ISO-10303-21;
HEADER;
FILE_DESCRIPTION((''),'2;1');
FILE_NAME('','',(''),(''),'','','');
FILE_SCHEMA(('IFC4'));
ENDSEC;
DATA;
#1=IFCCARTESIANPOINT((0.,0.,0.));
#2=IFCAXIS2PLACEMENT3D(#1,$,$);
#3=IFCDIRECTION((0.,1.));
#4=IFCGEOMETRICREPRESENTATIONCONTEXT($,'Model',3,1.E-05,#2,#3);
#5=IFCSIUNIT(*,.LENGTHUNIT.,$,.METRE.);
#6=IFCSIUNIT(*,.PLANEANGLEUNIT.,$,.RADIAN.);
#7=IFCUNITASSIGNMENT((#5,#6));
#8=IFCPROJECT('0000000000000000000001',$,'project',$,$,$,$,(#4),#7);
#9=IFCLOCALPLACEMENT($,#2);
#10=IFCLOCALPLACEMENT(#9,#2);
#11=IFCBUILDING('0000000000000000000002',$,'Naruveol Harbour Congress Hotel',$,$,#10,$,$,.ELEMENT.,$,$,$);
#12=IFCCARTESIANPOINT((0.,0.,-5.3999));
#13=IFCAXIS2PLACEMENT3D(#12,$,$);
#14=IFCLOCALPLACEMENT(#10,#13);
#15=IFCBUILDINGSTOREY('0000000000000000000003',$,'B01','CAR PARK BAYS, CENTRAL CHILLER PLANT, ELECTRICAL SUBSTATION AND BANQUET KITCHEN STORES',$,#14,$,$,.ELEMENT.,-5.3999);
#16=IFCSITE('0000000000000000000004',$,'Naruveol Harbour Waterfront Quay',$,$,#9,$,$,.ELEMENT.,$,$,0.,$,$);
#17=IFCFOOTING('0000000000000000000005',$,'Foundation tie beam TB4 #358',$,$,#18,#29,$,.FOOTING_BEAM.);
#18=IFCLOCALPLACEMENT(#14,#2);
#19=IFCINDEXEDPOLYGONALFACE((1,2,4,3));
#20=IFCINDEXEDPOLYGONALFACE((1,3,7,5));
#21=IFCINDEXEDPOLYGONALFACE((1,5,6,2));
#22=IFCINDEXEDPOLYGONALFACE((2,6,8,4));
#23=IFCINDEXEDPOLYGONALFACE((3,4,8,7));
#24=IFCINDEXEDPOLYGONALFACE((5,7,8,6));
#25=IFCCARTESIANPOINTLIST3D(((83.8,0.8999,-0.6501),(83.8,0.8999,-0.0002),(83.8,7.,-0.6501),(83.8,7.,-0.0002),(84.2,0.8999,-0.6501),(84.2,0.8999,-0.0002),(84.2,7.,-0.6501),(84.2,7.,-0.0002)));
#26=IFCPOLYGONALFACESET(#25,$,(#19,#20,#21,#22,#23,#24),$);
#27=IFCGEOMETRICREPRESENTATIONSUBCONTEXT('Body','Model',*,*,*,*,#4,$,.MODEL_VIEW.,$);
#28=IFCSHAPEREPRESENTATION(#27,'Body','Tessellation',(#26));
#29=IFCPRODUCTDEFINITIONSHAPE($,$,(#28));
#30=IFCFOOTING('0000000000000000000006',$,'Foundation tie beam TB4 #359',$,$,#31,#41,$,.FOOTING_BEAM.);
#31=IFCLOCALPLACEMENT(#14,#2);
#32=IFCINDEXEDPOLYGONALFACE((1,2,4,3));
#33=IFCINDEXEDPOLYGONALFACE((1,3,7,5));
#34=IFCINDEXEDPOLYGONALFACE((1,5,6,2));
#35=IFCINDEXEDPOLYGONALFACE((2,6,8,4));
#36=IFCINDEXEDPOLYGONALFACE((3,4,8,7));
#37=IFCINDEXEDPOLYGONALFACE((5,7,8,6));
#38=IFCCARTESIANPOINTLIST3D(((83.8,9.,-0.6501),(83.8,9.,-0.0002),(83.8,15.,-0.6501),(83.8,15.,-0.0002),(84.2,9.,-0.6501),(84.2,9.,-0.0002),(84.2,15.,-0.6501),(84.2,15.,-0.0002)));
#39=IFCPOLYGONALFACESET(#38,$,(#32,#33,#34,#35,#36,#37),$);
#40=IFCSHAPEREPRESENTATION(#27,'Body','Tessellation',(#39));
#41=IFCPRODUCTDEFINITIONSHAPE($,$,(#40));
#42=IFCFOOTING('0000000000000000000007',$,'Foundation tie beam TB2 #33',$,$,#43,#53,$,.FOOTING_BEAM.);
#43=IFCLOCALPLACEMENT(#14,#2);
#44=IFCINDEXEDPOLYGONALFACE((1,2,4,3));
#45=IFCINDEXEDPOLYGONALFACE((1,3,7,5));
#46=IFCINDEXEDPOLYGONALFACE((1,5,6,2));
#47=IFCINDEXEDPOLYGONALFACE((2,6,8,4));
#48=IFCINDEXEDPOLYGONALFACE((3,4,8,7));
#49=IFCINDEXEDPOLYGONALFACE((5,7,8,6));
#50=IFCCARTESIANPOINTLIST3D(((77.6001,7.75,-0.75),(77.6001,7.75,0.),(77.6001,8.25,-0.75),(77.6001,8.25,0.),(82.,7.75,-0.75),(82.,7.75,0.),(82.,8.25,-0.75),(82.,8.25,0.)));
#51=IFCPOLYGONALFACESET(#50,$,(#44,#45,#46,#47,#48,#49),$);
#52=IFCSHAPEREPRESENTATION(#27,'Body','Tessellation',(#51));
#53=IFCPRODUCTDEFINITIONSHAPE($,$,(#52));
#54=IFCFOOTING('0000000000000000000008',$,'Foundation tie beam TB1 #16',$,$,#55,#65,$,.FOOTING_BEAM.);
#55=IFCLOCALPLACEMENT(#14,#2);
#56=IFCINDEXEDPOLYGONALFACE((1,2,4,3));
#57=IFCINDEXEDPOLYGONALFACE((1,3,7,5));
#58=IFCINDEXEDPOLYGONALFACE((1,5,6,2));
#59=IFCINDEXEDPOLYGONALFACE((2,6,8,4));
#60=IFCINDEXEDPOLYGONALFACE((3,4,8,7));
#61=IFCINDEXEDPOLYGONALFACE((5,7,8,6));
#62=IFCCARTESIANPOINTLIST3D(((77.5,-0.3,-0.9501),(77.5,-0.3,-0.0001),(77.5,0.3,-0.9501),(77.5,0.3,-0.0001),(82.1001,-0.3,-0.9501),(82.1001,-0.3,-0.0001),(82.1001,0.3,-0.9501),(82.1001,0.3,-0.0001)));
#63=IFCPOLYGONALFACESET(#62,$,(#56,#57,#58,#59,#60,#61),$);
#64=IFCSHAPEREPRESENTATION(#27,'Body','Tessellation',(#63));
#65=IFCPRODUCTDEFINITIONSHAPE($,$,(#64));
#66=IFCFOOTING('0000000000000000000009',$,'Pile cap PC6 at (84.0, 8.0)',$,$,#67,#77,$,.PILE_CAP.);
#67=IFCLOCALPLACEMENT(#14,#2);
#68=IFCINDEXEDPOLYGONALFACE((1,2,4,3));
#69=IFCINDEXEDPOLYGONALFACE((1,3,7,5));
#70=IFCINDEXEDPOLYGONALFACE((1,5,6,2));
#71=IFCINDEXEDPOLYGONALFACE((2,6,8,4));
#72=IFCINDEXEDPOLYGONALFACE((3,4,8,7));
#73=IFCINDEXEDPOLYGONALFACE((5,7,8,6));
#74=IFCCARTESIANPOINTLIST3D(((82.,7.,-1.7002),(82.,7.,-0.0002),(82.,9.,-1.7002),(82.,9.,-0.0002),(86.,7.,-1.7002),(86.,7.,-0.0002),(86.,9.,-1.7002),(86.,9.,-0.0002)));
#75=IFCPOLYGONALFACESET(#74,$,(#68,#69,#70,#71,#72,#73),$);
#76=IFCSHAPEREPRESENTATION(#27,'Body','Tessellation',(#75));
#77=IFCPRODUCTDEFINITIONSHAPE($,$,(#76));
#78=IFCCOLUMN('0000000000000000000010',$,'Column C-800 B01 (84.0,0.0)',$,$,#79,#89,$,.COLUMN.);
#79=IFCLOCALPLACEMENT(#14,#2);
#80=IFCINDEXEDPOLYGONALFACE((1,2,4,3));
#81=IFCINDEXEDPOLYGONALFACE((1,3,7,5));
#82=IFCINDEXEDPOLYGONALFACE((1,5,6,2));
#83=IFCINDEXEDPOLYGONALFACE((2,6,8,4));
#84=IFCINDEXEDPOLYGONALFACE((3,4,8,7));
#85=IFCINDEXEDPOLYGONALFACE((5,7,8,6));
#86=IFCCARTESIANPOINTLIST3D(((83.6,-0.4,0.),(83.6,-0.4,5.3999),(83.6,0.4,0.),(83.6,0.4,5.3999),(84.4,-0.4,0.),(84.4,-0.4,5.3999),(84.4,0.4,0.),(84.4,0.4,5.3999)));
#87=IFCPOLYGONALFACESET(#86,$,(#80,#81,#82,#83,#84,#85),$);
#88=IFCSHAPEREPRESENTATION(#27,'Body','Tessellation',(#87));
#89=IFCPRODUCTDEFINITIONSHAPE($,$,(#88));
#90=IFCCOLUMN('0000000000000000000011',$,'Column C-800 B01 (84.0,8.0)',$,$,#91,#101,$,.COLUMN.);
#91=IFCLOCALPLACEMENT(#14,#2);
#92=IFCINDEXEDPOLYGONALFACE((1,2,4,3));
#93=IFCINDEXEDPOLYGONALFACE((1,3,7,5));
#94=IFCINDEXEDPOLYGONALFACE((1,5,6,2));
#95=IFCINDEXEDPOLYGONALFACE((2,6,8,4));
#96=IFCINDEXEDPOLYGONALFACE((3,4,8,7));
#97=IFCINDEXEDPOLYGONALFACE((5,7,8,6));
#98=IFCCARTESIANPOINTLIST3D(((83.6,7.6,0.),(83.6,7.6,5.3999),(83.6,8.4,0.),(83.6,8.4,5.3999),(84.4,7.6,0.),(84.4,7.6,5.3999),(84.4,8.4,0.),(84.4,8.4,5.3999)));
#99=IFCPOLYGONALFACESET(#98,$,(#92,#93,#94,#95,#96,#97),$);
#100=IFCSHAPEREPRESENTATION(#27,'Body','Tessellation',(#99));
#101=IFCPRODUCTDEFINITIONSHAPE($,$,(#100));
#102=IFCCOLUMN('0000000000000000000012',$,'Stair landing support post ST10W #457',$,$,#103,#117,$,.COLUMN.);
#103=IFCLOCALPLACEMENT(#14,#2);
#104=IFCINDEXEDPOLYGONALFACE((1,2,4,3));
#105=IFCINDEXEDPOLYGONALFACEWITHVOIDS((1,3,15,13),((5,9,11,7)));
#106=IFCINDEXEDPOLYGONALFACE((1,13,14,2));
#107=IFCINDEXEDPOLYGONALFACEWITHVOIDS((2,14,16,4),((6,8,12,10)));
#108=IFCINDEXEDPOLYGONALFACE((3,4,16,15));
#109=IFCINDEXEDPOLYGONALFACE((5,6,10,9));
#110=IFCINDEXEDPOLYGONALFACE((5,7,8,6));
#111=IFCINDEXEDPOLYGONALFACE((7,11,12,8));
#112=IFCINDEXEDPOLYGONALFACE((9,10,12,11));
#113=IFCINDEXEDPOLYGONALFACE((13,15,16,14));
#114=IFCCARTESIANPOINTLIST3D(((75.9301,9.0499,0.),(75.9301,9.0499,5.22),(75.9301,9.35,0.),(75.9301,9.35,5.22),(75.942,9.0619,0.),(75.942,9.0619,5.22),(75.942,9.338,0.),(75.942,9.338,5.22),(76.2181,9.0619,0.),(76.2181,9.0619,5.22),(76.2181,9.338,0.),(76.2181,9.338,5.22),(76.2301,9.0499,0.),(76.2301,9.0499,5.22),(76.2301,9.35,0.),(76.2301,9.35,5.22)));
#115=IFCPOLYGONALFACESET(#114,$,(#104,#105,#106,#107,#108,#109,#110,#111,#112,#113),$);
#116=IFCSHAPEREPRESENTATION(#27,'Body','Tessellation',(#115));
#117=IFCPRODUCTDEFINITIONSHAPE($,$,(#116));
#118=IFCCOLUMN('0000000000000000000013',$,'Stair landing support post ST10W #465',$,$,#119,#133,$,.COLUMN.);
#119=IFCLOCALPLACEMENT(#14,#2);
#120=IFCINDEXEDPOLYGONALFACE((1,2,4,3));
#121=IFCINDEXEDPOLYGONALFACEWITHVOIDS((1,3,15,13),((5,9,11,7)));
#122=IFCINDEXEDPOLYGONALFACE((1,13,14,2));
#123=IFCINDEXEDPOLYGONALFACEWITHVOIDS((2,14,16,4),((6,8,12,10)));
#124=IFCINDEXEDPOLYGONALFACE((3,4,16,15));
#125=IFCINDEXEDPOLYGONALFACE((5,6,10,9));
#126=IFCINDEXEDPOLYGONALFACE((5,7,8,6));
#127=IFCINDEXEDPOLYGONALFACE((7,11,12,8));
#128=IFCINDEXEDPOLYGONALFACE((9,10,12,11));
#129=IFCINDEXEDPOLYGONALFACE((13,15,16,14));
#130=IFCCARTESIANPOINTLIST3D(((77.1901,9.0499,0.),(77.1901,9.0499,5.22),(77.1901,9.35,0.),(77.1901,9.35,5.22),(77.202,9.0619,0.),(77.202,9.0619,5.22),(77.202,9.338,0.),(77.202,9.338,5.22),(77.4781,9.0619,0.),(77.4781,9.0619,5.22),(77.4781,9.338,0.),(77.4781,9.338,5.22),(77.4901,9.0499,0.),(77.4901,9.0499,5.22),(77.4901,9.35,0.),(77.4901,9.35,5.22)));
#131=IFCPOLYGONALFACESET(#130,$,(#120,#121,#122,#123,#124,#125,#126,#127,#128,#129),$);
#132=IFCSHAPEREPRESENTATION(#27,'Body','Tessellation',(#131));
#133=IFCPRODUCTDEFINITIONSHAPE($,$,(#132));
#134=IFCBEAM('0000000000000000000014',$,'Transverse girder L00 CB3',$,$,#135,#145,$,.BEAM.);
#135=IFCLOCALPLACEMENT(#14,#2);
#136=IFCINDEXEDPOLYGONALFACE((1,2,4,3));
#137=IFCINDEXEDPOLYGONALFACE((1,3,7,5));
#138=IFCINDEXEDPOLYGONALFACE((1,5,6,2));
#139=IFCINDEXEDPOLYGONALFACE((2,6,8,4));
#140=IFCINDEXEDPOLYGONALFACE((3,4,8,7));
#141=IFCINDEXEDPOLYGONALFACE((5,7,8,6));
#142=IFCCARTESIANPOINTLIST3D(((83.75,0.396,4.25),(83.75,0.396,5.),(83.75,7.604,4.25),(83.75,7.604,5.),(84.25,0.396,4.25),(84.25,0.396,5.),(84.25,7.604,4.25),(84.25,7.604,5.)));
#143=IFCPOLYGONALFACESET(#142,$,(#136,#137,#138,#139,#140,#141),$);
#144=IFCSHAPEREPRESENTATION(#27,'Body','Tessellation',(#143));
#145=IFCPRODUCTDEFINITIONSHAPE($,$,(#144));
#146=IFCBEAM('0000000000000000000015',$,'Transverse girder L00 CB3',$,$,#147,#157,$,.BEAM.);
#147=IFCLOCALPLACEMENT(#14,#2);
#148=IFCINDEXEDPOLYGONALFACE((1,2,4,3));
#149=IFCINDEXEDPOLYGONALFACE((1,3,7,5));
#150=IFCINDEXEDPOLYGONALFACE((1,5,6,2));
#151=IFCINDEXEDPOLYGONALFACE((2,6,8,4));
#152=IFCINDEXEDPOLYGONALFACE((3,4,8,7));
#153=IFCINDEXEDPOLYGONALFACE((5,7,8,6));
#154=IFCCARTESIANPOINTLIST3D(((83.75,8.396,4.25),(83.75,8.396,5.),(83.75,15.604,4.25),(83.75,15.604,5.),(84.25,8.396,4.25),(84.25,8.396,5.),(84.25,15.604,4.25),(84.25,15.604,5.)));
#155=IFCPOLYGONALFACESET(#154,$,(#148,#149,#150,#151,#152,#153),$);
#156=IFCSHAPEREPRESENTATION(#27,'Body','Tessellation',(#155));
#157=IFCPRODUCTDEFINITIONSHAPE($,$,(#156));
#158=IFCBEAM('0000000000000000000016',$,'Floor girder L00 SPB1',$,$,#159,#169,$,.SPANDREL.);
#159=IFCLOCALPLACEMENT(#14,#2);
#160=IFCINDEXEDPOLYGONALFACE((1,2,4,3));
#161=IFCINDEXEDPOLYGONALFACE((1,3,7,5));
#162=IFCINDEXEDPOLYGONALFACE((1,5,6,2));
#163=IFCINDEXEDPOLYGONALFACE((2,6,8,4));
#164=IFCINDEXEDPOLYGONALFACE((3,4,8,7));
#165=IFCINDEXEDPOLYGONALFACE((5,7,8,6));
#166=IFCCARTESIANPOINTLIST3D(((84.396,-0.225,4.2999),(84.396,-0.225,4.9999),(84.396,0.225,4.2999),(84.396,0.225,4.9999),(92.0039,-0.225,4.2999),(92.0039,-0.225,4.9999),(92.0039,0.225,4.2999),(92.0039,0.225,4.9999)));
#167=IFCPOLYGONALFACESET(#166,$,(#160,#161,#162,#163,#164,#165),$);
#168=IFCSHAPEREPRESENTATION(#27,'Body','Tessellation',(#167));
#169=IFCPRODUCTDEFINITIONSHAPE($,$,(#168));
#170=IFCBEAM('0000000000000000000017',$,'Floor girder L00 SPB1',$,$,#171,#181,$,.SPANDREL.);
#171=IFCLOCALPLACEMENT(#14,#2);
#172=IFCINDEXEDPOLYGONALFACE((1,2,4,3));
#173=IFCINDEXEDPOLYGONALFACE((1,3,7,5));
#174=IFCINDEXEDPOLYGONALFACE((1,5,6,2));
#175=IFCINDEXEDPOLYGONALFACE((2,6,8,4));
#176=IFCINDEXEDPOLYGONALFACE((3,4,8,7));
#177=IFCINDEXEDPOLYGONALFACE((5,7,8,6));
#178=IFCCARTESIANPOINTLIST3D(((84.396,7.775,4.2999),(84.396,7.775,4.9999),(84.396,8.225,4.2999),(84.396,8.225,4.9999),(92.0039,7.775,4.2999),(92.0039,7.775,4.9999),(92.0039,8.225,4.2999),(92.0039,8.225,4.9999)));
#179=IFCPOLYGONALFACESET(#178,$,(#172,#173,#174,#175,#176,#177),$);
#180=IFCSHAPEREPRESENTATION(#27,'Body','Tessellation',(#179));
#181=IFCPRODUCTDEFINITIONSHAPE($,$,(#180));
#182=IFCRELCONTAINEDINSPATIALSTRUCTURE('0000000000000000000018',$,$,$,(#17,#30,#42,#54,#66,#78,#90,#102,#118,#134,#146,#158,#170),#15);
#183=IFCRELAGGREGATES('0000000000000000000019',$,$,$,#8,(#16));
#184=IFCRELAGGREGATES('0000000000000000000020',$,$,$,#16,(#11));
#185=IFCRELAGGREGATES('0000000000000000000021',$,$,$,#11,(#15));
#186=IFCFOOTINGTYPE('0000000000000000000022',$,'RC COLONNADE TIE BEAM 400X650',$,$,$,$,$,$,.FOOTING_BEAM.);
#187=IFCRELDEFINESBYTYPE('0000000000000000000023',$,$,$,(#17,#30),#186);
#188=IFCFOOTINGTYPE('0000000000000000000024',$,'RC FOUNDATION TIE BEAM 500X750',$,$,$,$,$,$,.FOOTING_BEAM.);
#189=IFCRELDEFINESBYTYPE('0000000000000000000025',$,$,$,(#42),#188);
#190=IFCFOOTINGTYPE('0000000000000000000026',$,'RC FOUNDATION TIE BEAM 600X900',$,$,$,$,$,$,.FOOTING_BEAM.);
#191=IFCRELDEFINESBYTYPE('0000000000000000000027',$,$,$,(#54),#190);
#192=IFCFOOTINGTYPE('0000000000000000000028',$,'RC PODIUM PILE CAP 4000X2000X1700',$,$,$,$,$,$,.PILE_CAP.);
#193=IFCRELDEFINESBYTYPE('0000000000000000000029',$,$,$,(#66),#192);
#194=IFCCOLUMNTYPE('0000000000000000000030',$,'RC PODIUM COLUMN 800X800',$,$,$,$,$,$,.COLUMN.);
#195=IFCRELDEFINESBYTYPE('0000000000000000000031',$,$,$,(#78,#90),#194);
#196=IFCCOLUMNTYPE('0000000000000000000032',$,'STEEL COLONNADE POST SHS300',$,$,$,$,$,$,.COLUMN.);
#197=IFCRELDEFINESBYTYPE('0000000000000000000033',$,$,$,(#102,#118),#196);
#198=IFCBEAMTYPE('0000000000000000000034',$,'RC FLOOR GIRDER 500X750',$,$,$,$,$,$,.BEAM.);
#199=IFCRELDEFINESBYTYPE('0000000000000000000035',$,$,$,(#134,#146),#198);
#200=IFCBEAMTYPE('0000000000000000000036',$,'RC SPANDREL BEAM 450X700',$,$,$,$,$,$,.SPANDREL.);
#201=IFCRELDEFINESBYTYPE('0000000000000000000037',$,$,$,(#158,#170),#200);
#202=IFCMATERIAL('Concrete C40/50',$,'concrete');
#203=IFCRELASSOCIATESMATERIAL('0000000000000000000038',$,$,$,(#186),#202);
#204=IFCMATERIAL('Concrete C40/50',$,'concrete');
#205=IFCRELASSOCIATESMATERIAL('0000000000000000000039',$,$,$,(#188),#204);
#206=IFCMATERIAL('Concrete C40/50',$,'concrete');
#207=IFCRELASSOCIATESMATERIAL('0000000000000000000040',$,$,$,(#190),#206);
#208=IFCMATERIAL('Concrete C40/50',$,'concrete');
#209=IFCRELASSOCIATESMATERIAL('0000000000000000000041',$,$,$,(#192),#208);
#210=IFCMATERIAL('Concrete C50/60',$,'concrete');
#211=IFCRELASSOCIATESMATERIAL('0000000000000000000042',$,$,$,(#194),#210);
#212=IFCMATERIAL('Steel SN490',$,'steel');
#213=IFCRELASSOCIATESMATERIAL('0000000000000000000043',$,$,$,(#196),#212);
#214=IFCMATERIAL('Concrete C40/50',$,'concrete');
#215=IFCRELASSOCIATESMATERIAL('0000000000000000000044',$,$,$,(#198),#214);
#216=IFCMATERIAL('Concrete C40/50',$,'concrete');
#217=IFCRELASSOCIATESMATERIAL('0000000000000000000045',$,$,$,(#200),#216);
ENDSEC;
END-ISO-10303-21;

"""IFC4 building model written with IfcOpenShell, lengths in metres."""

from ifc_helpers import new_model, si_unit, direction, frame, origin, origin_2d, place, context, subcontext, project, spatial, rectangle, hollow_rectangle, extrude, material, material_profile, profile_set, type_object, element, save


model = new_model("IFC4")

# Units and contexts
model_context = context("Model", 3, precision=1e-05, world=origin(), true_north=direction((0.0, 1.0)))
body_context = subcontext(model_context, "Body", "Model", "MODEL_VIEW")
ifc_project = project(units=[si_unit("LENGTHUNIT", "METRE"), si_unit("PLANEANGLEUNIT", "RADIAN")], contexts=[model_context])

# Site, building, storey
site_placement = place(None, origin())
site = spatial("IfcSite", under=ifc_project, at=site_placement, Name="Naruveol Harbour Waterfront Quay", CompositionType="ELEMENT", RefElevation=0.0)
building_placement = place(site_placement, origin())
building = spatial("IfcBuilding", under=site, at=building_placement, Name="Naruveol Harbour Congress Hotel", CompositionType="ELEMENT")
storey_placement = place(building_placement, frame((0.0, 0.0, -5.3999)))
storey = spatial("IfcBuildingStorey", under=building, at=storey_placement, Name="B01", Description="CAR PARK BAYS, CENTRAL CHILLER PLANT, ELECTRICAL SUBSTATION AND BANQUET KITCHEN STORES", CompositionType="ELEMENT", Elevation=-5.3999)

# Footings
ifc_material_1 = material(Name="Concrete C40/50", Category="concrete")
ifc_material_profile_1 = material_profile(ifc_material_1, rectangle(XDim=0.3999, YDim=0.6499, at=origin_2d()), Name="RCB-400x650")
ifc_profile_set_1 = profile_set([ifc_material_profile_1], Name="Concrete C40/50")
footing_type_1 = type_object("IfcFootingType", Name="RC COLONNADE TIE BEAM 400X650", PredefinedType="FOOTING_BEAM", material=ifc_profile_set_1)
footing_1_placement = place(storey_placement, frame((84.0, 0.8999, -0.3252), z_axis=(0.0, 1.0, 0.0), x_axis=(-1.0, 0.0, 0.0)))
element("IfcFooting", 1, at=footing_1_placement, inside=storey, type_object=footing_type_1, Name="Foundation tie beam TB4 #358", PredefinedType="FOOTING_BEAM", context=body_context, shape_type="SweptSolid", body=[
    extrude(rectangle(XDim=0.3999, YDim=0.6499, at=origin_2d()), origin(), (0.0, 0.0, 1.0), 6.1001),
])
footing_2_placement = place(storey_placement, frame((84.0, 9.0, -0.3252), z_axis=(0.0, 1.0, 0.0), x_axis=(-1.0, 0.0, 0.0)))
element("IfcFooting", 2, at=footing_2_placement, inside=storey, type_object=footing_type_1, Name="Foundation tie beam TB4 #359", PredefinedType="FOOTING_BEAM", context=body_context, shape_type="SweptSolid", body=[
    extrude(rectangle(XDim=0.3999, YDim=0.6499, at=origin_2d()), origin(), (0.0, 0.0, 1.0), 6.0),
])
ifc_material_2 = material(Name="Concrete C40/50", Category="concrete")
ifc_material_profile_2 = material_profile(ifc_material_2, rectangle(XDim=0.5, YDim=0.75, at=origin_2d()), Name="RCB-500x750")
ifc_profile_set_2 = profile_set([ifc_material_profile_2], Name="Concrete C40/50")
footing_type_2 = type_object("IfcFootingType", Name="RC FOUNDATION TIE BEAM 500X750", PredefinedType="FOOTING_BEAM", material=ifc_profile_set_2)
footing_3_placement = place(storey_placement, frame((77.6001, 8.0, -0.375), z_axis=(1.0, 0.0, 0.0), x_axis=(0.0, 1.0, 0.0)))
element("IfcFooting", 3, at=footing_3_placement, inside=storey, type_object=footing_type_2, Name="Foundation tie beam TB2 #33", PredefinedType="FOOTING_BEAM", context=body_context, shape_type="SweptSolid", body=[
    extrude(rectangle(XDim=0.5, YDim=0.75, at=origin_2d()), origin(), (0.0, 0.0, 1.0), 4.3999),
])
ifc_material_3 = material(Name="Concrete C40/50", Category="concrete")
ifc_material_profile_3 = material_profile(ifc_material_3, rectangle(XDim=0.6001, YDim=0.95, at=origin_2d()), Name="RCB-600x950")
ifc_profile_set_3 = profile_set([ifc_material_profile_3], Name="Concrete C40/50")
footing_type_3 = type_object("IfcFootingType", Name="RC FOUNDATION TIE BEAM 600X900", PredefinedType="FOOTING_BEAM", material=ifc_profile_set_3)
footing_4_placement = place(storey_placement, frame((77.5, 0.0, -0.4751), z_axis=(1.0, 0.0, 0.0), x_axis=(0.0, 1.0, 0.0)))
element("IfcFooting", 4, at=footing_4_placement, inside=storey, type_object=footing_type_3, Name="Foundation tie beam TB1 #16", PredefinedType="FOOTING_BEAM", context=body_context, shape_type="SweptSolid", body=[
    extrude(rectangle(XDim=0.6001, YDim=0.95, at=origin_2d()), origin(), (0.0, 0.0, 1.0), 4.6001),
])
ifc_material_4 = material(Name="Concrete C40/50", Category="concrete")
footing_type_4 = type_object("IfcFootingType", Name="RC PODIUM PILE CAP 4000X2000X1700", PredefinedType="PILE_CAP", material=ifc_material_4)
footing_5_placement = place(storey_placement, frame((84.0, 8.0, -1.7002), z_axis=(0.0, 0.0, 1.0), x_axis=(1.0, 0.0, 0.0)))
element("IfcFooting", 5, at=footing_5_placement, inside=storey, type_object=footing_type_4, Name="Pile cap PC6 at (84.0, 8.0)", PredefinedType="PILE_CAP", context=body_context, shape_type="SweptSolid", body=[
    extrude(rectangle(XDim=4.0, YDim=2.0, at=origin_2d()), origin(), (0.0, 0.0, 1.0), 1.7),
])

# Columns
ifc_material_5 = material(Name="Concrete C50/60", Category="concrete")
ifc_material_profile_4 = material_profile(ifc_material_5, rectangle(XDim=0.8, YDim=0.8, at=origin_2d()), Name="RC-800x800")
ifc_profile_set_4 = profile_set([ifc_material_profile_4], Name="Concrete C50/60")
column_type_1 = type_object("IfcColumnType", Name="RC PODIUM COLUMN 800X800", PredefinedType="COLUMN", material=ifc_profile_set_4)
for number, where, z_axis, x_axis, name in (
    (6, (84.0, 0.0, 0.0), (0.0, 0.0, 1.0), (1.0, 0.0, 0.0), "Column C-800 B01 (84.0,0.0)"),
    (7, (84.0, 8.0, 0.0), (0.0, 0.0, 1.0), (1.0, 0.0, 0.0), "Column C-800 B01 (84.0,8.0)"),
):
    element("IfcColumn", number, at=place(storey_placement, frame(where, z_axis=z_axis, x_axis=x_axis)), inside=storey, type_object=column_type_1, Name=name, PredefinedType="COLUMN", context=body_context, shape_type="SweptSolid", body=[
        extrude(rectangle(XDim=0.8, YDim=0.8, at=origin_2d()), origin(), (0.0, 0.0, 1.0), 5.3999),
    ])
ifc_material_6 = material(Name="Steel SN490", Category="steel")
ifc_material_profile_5 = material_profile(ifc_material_6, hollow_rectangle(XDim=0.3, YDim=0.3, WallThickness=0.012, at=origin_2d()), Name="SHS-300x300x12")
ifc_profile_set_5 = profile_set([ifc_material_profile_5], Name="Steel SN490")
column_type_2 = type_object("IfcColumnType", Name="STEEL COLONNADE POST SHS300", PredefinedType="COLUMN", material=ifc_profile_set_5)
for number, where, z_axis, x_axis, name in (
    (8, (76.0801, 9.2, 0.0), (0.0, 0.0, 1.0), (1.0, 0.0, 0.0), "Stair landing support post ST10W #457"),
    (9, (77.3401, 9.2, 0.0), (0.0, 0.0, 1.0), (1.0, 0.0, 0.0), "Stair landing support post ST10W #465"),
):
    element("IfcColumn", number, at=place(storey_placement, frame(where, z_axis=z_axis, x_axis=x_axis)), inside=storey, type_object=column_type_2, Name=name, PredefinedType="COLUMN", context=body_context, shape_type="SweptSolid", body=[
        extrude(hollow_rectangle(XDim=0.3, YDim=0.3, WallThickness=0.012, at=origin_2d()), origin(), (0.0, 0.0, 1.0), 5.22),
    ])

# Beams
ifc_material_7 = material(Name="Concrete C40/50", Category="concrete")
ifc_material_profile_6 = material_profile(ifc_material_7, rectangle(XDim=0.5, YDim=0.75, at=origin_2d()), Name="RCB-500x750")
ifc_profile_set_6 = profile_set([ifc_material_profile_6], Name="Concrete C40/50")
beam_type_1 = type_object("IfcBeamType", Name="RC FLOOR GIRDER 500X750", PredefinedType="BEAM", material=ifc_profile_set_6)
for number, where, z_axis, x_axis, name in (
    (10, (84.0, 0.396, 4.625), (0.0, 1.0, 0.0), (-1.0, 0.0, 0.0), "Transverse girder L00 CB3"),
    (11, (84.0, 8.396, 4.625), (0.0, 1.0, 0.0), (-1.0, 0.0, 0.0), "Transverse girder L00 CB3"),
):
    element("IfcBeam", number, at=place(storey_placement, frame(where, z_axis=z_axis, x_axis=x_axis)), inside=storey, type_object=beam_type_1, Name=name, PredefinedType="BEAM", context=body_context, shape_type="SweptSolid", body=[
        extrude(rectangle(XDim=0.5, YDim=0.75, at=origin_2d()), origin(), (0.0, 0.0, 1.0), 7.208),
    ])
ifc_material_8 = material(Name="Concrete C40/50", Category="concrete")
ifc_material_profile_7 = material_profile(ifc_material_8, rectangle(XDim=0.45, YDim=0.7, at=origin_2d()), Name="RCB-450x700")
ifc_profile_set_7 = profile_set([ifc_material_profile_7], Name="Concrete C40/50")
beam_type_2 = type_object("IfcBeamType", Name="RC SPANDREL BEAM 450X700", PredefinedType="SPANDREL", material=ifc_profile_set_7)
for number, where, z_axis, x_axis, name in (
    (12, (84.396, 0.0, 4.6499), (1.0, 0.0, 0.0), (0.0, 1.0, 0.0), "Floor girder L00 SPB1"),
    (13, (84.396, 8.0, 4.6499), (1.0, 0.0, 0.0), (0.0, 1.0, 0.0), "Floor girder L00 SPB1"),
):
    element("IfcBeam", number, at=place(storey_placement, frame(where, z_axis=z_axis, x_axis=x_axis)), inside=storey, type_object=beam_type_2, Name=name, PredefinedType="SPANDREL", context=body_context, shape_type="SweptSolid", body=[
        extrude(rectangle(XDim=0.45, YDim=0.7, at=origin_2d()), origin(), (0.0, 0.0, 1.0), 7.6079),
    ])

save(model, "model.ifc")
